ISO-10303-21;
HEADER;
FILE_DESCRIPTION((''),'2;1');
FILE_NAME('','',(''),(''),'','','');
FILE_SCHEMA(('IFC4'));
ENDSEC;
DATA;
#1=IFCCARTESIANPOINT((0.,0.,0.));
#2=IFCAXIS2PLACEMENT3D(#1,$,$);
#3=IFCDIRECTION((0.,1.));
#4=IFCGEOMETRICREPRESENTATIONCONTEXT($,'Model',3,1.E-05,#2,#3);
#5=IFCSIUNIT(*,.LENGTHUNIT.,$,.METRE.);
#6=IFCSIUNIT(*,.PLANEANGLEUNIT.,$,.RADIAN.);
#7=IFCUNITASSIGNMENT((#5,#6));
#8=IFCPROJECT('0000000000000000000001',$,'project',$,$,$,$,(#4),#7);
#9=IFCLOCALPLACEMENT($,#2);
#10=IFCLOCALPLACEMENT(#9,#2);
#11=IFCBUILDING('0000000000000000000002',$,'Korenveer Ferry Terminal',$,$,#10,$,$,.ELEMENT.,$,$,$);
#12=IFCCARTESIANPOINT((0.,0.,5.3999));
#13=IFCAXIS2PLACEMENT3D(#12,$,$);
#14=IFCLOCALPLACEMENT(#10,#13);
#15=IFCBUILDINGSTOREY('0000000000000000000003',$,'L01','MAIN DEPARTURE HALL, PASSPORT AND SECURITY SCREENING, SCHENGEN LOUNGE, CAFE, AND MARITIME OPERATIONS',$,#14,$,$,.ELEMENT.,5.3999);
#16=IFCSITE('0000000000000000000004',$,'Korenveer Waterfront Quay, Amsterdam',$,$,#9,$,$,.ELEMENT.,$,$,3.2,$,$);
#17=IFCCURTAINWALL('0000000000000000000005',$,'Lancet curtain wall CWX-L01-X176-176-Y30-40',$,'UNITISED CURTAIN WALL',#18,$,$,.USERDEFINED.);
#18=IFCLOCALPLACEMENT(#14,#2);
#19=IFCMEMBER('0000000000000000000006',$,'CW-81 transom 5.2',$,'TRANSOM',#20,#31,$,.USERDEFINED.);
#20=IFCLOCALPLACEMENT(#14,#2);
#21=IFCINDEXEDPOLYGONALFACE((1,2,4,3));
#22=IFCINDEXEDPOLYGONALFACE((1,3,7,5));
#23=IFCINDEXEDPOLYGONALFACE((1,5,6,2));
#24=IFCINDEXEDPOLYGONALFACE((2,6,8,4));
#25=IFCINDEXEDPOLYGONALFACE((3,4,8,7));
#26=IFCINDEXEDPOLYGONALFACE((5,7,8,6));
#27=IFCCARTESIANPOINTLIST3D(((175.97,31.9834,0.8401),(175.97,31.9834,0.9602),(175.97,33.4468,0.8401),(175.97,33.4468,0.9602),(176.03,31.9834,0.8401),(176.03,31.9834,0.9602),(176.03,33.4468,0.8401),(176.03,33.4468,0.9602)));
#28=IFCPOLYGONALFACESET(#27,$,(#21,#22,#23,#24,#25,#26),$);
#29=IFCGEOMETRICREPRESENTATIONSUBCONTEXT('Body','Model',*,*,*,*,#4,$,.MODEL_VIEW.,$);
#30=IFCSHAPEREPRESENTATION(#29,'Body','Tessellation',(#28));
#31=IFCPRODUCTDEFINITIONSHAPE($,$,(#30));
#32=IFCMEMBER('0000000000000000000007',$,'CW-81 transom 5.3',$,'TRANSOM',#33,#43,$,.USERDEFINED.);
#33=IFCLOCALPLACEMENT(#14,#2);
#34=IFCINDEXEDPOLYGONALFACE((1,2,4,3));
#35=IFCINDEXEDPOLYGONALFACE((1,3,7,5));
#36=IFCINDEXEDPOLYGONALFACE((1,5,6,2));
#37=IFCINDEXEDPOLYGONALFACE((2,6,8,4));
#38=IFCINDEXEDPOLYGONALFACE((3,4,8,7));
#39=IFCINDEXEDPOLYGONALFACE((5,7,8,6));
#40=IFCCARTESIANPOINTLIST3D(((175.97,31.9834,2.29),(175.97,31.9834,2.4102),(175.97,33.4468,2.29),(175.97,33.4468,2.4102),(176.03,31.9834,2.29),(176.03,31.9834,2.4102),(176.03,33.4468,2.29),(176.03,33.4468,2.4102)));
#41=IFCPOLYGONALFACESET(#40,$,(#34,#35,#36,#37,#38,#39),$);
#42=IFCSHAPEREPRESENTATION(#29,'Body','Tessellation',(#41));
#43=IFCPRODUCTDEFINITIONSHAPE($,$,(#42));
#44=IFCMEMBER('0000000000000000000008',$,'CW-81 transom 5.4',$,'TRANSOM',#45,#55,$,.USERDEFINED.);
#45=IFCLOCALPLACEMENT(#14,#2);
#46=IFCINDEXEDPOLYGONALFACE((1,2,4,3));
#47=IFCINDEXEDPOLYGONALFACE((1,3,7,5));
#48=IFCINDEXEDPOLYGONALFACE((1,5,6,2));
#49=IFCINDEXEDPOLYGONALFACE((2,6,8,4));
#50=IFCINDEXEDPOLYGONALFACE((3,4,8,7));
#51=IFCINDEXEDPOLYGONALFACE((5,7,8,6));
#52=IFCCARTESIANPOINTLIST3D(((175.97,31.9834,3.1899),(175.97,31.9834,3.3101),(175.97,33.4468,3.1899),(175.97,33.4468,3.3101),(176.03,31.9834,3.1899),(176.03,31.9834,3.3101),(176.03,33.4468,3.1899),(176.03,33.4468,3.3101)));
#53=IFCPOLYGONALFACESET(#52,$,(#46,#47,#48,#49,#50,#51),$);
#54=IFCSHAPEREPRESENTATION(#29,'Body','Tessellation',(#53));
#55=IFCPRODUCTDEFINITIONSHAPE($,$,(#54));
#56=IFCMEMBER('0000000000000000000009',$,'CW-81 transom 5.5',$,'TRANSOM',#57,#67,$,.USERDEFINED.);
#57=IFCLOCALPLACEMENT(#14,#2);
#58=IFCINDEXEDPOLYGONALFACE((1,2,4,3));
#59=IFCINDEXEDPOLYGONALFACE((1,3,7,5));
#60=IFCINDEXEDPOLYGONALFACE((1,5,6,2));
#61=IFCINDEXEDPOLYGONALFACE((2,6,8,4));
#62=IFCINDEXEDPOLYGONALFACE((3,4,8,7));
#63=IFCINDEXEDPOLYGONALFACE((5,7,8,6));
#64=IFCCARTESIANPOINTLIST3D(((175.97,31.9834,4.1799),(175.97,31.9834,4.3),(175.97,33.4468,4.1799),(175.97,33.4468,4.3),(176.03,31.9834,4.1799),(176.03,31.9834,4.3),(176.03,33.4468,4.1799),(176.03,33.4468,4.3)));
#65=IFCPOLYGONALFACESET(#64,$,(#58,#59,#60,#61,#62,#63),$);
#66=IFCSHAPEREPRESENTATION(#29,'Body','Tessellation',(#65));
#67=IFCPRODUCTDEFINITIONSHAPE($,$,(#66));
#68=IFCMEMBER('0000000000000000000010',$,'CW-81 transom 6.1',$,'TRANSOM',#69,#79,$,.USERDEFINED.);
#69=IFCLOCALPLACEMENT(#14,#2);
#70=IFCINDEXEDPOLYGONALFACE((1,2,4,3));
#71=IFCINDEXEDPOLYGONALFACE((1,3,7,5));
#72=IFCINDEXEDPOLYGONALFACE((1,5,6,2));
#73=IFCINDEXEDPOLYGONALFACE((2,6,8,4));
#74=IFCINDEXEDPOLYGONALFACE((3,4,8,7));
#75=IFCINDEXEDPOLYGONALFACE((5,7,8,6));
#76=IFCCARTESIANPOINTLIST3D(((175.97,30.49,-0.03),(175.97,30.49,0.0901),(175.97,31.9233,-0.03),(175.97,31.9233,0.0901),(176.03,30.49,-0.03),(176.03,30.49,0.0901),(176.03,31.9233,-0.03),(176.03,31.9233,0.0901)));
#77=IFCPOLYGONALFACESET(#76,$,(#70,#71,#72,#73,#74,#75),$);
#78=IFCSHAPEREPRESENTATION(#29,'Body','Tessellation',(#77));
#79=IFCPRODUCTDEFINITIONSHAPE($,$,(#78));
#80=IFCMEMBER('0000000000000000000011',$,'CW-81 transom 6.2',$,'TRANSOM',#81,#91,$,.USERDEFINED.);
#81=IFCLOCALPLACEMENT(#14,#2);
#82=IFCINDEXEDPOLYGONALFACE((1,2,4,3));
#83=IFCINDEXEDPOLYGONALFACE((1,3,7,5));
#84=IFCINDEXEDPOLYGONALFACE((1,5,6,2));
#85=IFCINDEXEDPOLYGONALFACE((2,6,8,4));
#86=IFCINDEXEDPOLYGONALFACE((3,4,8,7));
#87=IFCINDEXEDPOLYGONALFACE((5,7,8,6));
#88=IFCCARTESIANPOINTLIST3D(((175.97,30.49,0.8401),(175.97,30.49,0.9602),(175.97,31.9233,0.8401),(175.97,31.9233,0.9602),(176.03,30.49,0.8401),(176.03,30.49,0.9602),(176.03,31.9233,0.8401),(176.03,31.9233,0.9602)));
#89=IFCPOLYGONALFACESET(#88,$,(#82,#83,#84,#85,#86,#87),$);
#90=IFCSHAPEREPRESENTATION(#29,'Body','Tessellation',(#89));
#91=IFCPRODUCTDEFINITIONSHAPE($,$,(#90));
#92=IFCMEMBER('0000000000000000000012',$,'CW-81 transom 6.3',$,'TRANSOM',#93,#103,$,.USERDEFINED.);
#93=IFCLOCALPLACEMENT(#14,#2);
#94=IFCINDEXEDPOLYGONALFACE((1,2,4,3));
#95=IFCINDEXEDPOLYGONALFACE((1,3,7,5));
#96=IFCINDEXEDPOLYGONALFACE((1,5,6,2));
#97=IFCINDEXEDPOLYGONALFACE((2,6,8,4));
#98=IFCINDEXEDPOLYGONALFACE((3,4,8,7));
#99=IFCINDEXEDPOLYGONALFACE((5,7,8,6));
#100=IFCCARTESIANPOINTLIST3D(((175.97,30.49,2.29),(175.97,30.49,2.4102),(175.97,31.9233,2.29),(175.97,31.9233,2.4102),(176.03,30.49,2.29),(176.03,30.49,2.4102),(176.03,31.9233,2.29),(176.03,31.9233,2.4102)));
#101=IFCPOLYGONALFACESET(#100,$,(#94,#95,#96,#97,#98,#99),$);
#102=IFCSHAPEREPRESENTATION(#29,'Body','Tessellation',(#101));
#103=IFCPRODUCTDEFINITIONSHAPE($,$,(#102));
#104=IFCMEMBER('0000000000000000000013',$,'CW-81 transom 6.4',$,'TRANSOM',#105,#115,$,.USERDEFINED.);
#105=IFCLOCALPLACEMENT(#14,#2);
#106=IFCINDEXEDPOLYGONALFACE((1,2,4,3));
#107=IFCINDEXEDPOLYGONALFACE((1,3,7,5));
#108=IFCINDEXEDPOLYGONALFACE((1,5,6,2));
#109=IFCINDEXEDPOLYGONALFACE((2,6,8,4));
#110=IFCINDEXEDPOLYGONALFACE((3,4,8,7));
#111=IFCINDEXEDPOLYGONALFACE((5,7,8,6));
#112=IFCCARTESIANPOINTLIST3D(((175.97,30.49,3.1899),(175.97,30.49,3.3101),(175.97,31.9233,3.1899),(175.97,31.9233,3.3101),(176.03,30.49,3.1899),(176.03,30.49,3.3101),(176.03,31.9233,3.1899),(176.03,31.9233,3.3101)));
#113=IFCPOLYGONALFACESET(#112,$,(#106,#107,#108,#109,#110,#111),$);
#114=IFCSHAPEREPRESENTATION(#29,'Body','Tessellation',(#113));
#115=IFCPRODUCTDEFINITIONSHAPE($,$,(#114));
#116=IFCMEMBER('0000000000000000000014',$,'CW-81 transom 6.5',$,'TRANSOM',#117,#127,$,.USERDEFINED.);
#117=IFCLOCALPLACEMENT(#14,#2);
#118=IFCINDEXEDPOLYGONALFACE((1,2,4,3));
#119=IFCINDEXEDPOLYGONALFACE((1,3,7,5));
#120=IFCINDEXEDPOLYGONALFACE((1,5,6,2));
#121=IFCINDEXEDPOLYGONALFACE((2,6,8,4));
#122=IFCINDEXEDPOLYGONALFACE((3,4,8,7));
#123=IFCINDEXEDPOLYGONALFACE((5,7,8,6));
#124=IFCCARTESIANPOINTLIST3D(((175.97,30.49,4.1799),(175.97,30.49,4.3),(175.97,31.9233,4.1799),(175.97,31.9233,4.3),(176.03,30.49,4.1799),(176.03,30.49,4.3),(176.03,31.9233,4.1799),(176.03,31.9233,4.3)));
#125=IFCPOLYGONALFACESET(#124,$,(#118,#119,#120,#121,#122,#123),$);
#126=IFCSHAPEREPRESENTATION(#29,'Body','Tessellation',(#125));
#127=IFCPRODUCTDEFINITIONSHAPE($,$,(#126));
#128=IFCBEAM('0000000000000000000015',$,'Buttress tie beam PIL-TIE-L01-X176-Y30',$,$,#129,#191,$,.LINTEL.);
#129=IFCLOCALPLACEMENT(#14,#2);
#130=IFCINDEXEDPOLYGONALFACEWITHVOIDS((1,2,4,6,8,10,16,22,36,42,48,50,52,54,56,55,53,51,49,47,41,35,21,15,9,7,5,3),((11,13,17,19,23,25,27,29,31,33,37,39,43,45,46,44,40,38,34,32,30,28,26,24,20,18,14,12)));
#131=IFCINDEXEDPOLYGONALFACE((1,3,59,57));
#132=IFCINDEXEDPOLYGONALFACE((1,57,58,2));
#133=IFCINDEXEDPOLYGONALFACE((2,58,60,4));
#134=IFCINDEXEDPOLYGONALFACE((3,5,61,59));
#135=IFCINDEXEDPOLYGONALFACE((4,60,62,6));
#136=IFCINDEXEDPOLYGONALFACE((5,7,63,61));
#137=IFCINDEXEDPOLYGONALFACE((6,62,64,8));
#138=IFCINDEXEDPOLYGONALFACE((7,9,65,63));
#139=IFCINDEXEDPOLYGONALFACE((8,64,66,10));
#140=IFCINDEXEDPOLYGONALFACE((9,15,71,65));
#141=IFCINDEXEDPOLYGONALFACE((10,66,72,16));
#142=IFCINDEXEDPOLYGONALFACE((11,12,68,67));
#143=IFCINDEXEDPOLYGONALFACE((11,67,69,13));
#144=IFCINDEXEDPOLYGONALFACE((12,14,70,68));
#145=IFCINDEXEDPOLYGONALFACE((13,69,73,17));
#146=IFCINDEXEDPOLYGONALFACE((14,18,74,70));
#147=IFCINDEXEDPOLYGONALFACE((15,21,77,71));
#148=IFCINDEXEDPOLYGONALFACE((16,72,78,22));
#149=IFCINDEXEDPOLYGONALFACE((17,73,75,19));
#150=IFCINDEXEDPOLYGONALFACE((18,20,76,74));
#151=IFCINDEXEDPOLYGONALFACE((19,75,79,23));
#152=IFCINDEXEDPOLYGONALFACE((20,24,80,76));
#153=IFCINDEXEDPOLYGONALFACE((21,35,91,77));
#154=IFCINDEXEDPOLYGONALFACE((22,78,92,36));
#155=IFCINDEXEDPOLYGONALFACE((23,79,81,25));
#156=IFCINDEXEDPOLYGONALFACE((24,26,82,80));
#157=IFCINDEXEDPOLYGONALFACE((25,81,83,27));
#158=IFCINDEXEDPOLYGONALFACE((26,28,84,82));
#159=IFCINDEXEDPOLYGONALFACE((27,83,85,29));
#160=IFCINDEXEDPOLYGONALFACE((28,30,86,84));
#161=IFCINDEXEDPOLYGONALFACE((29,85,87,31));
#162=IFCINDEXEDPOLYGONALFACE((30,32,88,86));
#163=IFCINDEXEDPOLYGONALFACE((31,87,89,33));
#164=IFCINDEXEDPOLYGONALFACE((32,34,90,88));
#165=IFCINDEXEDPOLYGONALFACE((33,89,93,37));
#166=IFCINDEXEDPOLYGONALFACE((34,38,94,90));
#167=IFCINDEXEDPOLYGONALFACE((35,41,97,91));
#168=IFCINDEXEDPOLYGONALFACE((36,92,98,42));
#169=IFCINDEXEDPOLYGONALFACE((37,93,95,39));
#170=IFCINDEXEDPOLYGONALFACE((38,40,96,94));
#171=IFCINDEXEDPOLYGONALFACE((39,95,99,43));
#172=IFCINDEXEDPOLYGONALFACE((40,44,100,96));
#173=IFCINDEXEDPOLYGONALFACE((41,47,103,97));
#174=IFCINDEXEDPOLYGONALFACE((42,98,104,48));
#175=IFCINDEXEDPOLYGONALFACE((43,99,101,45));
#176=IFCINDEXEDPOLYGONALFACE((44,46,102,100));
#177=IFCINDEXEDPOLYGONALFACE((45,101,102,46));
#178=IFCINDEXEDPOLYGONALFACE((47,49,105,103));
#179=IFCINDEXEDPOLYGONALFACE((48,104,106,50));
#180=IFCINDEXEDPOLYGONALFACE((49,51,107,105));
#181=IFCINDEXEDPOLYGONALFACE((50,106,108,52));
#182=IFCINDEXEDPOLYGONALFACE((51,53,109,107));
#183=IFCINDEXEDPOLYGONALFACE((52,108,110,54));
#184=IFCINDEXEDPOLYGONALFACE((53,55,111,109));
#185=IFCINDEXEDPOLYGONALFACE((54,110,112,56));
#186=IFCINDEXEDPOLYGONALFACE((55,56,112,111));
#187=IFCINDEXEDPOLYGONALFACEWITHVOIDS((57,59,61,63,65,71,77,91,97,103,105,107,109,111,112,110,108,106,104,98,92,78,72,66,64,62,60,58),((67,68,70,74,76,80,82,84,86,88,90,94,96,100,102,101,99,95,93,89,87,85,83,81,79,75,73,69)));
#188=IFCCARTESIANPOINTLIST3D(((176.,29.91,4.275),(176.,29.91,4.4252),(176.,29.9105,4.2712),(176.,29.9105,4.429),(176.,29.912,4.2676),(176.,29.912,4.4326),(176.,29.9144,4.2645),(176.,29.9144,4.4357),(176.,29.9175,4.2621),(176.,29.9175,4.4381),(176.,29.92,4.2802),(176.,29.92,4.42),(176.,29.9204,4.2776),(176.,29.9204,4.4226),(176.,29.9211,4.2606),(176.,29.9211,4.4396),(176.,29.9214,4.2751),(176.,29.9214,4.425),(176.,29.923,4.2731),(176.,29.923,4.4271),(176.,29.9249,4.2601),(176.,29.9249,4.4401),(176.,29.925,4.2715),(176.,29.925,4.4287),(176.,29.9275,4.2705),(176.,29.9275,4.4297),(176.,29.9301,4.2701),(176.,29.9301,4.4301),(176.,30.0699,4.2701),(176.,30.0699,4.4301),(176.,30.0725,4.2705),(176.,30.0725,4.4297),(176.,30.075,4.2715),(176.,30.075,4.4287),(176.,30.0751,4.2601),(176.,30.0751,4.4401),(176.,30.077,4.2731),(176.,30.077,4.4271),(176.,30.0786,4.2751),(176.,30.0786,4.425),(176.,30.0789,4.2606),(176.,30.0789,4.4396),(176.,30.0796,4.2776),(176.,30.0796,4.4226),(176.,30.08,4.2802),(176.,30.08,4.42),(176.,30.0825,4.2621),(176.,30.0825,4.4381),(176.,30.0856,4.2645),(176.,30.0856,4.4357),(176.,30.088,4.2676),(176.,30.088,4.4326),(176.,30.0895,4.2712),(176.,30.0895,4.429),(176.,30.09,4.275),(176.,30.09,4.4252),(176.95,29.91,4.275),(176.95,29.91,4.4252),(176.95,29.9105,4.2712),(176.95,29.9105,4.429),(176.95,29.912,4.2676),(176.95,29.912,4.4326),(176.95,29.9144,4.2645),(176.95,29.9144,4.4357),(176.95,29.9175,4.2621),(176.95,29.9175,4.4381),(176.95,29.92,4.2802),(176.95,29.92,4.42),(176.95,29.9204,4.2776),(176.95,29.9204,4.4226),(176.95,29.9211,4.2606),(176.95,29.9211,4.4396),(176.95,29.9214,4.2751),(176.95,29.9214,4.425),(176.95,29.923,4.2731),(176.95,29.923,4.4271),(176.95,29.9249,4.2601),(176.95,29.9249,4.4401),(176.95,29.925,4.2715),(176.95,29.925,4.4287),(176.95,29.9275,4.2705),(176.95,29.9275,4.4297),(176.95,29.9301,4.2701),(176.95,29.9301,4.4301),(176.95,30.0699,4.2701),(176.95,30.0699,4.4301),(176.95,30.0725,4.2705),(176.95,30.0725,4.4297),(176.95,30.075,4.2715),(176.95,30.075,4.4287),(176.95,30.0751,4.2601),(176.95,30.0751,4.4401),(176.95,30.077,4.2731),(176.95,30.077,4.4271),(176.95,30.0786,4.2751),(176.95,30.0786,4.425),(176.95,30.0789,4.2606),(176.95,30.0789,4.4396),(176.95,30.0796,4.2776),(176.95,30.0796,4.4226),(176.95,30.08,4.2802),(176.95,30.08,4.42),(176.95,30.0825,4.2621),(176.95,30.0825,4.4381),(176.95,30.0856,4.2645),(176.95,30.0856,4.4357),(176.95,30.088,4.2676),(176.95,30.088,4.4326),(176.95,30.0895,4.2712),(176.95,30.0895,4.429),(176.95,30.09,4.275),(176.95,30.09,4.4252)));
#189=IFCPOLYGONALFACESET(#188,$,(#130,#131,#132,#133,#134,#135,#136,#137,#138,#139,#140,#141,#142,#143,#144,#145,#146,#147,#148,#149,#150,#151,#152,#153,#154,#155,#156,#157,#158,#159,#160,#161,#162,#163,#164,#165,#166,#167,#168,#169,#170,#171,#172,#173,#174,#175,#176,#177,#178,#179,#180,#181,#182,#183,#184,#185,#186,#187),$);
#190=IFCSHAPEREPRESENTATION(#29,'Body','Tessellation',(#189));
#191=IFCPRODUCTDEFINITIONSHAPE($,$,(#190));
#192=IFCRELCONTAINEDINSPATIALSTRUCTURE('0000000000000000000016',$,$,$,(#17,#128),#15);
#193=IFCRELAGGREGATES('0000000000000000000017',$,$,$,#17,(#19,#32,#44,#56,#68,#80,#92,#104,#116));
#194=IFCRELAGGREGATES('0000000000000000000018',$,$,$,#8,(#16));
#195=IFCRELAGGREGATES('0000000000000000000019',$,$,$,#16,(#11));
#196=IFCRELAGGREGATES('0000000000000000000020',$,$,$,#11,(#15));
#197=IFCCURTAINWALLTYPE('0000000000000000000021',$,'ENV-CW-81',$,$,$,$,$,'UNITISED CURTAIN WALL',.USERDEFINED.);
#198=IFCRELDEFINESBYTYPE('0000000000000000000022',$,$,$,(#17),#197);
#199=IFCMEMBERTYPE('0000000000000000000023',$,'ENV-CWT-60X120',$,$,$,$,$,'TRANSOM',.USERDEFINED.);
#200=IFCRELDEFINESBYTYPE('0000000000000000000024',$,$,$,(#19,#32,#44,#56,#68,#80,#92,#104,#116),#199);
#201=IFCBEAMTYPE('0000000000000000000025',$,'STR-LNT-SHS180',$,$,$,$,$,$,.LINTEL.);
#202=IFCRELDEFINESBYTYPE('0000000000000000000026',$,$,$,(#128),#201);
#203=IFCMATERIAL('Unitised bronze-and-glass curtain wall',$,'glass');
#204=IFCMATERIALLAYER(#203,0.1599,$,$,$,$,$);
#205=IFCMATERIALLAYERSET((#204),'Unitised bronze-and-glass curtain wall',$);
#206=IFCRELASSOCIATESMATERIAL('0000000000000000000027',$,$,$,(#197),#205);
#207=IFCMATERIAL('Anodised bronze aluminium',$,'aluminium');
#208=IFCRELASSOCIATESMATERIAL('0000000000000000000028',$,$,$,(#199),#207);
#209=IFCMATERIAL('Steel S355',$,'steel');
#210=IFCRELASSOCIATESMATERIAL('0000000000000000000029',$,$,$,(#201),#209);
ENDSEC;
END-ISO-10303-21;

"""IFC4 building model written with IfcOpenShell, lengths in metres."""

from ifc_helpers import new_model, si_unit, direction, frame, origin, origin_2d, place, context, subcontext, project, spatial, rectangle, hollow_rectangle, extrude, material, layer, layer_set, material_profile, profile_set, type_object, element, aggregate, save


model = new_model("IFC4")

# Units and contexts
model_context = context("Model", 3, precision=1e-05, world=origin(), true_north=direction((0.0, 1.0)))
body_context = subcontext(model_context, "Body", "Model", "MODEL_VIEW")
ifc_project = project(units=[si_unit("LENGTHUNIT", "METRE"), si_unit("PLANEANGLEUNIT", "RADIAN")], contexts=[model_context])

# Site, building, storey
site_placement = place(None, origin())
site = spatial("IfcSite", under=ifc_project, at=site_placement, Name="Korenveer Waterfront Quay, Amsterdam", CompositionType="ELEMENT", RefElevation=3.2)
building_placement = place(site_placement, origin())
building = spatial("IfcBuilding", under=site, at=building_placement, Name="Korenveer Ferry Terminal", CompositionType="ELEMENT")
storey_placement = place(building_placement, frame((0.0, 0.0, 5.3999)))
storey = spatial("IfcBuildingStorey", under=building, at=storey_placement, Name="L01", Description="MAIN DEPARTURE HALL, PASSPORT AND SECURITY SCREENING, SCHENGEN LOUNGE, CAFE, AND MARITIME OPERATIONS", CompositionType="ELEMENT", Elevation=5.3999)

# Shared definitions
ifc_material_1 = material(Name="Steel S355", Category="steel")

# Curtain wall, members
ifc_material_2 = material(Name="Unitised bronze-and-glass curtain wall", Category="glass")
ifc_layer_1 = layer(ifc_material_2, 0.1599)
ifc_layer_set_1 = layer_set([ifc_layer_1], Name="Unitised bronze-and-glass curtain wall")
curtain_wall_type = type_object("IfcCurtainWallType", Name="ENV-CW-81", ElementType="UNITISED CURTAIN WALL", PredefinedType="USERDEFINED", material=ifc_layer_set_1)
curtain_wall_placement = place(storey_placement, frame((176.0, 39.5701, 0.0)))
curtain_wall = element("IfcCurtainWall", 1, at=curtain_wall_placement, inside=storey, type_object=curtain_wall_type, Name="Lancet curtain wall CWX-L01-X176-176-Y30-40", ObjectType="UNITISED CURTAIN WALL", PredefinedType="USERDEFINED")
ifc_material_3 = material(Name="Anodised bronze aluminium", Category="aluminium")
ifc_material_profile_1 = material_profile(ifc_material_3, rectangle(XDim=0.0601, YDim=0.1201, at=origin_2d()), Name="ALU 60x120")
ifc_profile_set_1 = profile_set([ifc_material_profile_1], Name="Anodised bronze aluminium")
member_type_1 = type_object("IfcMemberType", Name="ENV-CWT-60X120", ElementType="TRANSOM", PredefinedType="USERDEFINED", material=ifc_profile_set_1)
member_1_placement = place(storey_placement, frame((176.0, 33.4468, 0.9001), z_axis=(0.0, -1.0, 0.0), x_axis=(1.0, 0.0, 0.0)))
member_1 = element("IfcMember", 2, at=member_1_placement, type_object=member_type_1, Name="CW-81 transom 5.2", ObjectType="TRANSOM", PredefinedType="USERDEFINED", context=body_context, shape_type="SweptSolid", body=[
    extrude(rectangle(XDim=0.0601, YDim=0.1201, at=origin_2d()), origin(), (0.0, 0.0, 1.0), 1.4634),
])
member_2_placement = place(storey_placement, frame((176.0, 33.4468, 2.3501), z_axis=(0.0, -1.0, 0.0), x_axis=(1.0, 0.0, 0.0)))
member_2 = element("IfcMember", 3, at=member_2_placement, type_object=member_type_1, Name="CW-81 transom 5.3", ObjectType="TRANSOM", PredefinedType="USERDEFINED", context=body_context, shape_type="SweptSolid", body=[
    extrude(rectangle(XDim=0.0601, YDim=0.1201, at=origin_2d()), origin(), (0.0, 0.0, 1.0), 1.4634),
])
member_3_placement = place(storey_placement, frame((176.0, 33.4468, 3.25), z_axis=(0.0, -1.0, 0.0), x_axis=(1.0, 0.0, 0.0)))
member_3 = element("IfcMember", 4, at=member_3_placement, type_object=member_type_1, Name="CW-81 transom 5.4", ObjectType="TRANSOM", PredefinedType="USERDEFINED", context=body_context, shape_type="SweptSolid", body=[
    extrude(rectangle(XDim=0.0601, YDim=0.1201, at=origin_2d()), origin(), (0.0, 0.0, 1.0), 1.4634),
])
member_4_placement = place(storey_placement, frame((176.0, 33.4468, 4.24), z_axis=(0.0, -1.0, 0.0), x_axis=(1.0, 0.0, 0.0)))
member_4 = element("IfcMember", 5, at=member_4_placement, type_object=member_type_1, Name="CW-81 transom 5.5", ObjectType="TRANSOM", PredefinedType="USERDEFINED", context=body_context, shape_type="SweptSolid", body=[
    extrude(rectangle(XDim=0.0601, YDim=0.1201, at=origin_2d()), origin(), (0.0, 0.0, 1.0), 1.4634),
])
member_5_placement = place(storey_placement, frame((176.0, 31.9233, 0.03), z_axis=(0.0, -1.0, 0.0), x_axis=(1.0, 0.0, 0.0)))
member_5 = element("IfcMember", 6, at=member_5_placement, type_object=member_type_1, Name="CW-81 transom 6.1", ObjectType="TRANSOM", PredefinedType="USERDEFINED", context=body_context, shape_type="SweptSolid", body=[
    extrude(rectangle(XDim=0.0601, YDim=0.1201, at=origin_2d()), origin(), (0.0, 0.0, 1.0), 1.4333),
])
member_6_placement = place(storey_placement, frame((176.0, 31.9233, 0.9001), z_axis=(0.0, -1.0, 0.0), x_axis=(1.0, 0.0, 0.0)))
member_6 = element("IfcMember", 7, at=member_6_placement, type_object=member_type_1, Name="CW-81 transom 6.2", ObjectType="TRANSOM", PredefinedType="USERDEFINED", context=body_context, shape_type="SweptSolid", body=[
    extrude(rectangle(XDim=0.0601, YDim=0.1201, at=origin_2d()), origin(), (0.0, 0.0, 1.0), 1.4333),
])
member_7_placement = place(storey_placement, frame((176.0, 31.9233, 2.3501), z_axis=(0.0, -1.0, 0.0), x_axis=(1.0, 0.0, 0.0)))
member_7 = element("IfcMember", 8, at=member_7_placement, type_object=member_type_1, Name="CW-81 transom 6.3", ObjectType="TRANSOM", PredefinedType="USERDEFINED", context=body_context, shape_type="SweptSolid", body=[
    extrude(rectangle(XDim=0.0601, YDim=0.1201, at=origin_2d()), origin(), (0.0, 0.0, 1.0), 1.4333),
])
member_8_placement = place(storey_placement, frame((176.0, 31.9233, 3.25), z_axis=(0.0, -1.0, 0.0), x_axis=(1.0, 0.0, 0.0)))
member_8 = element("IfcMember", 9, at=member_8_placement, type_object=member_type_1, Name="CW-81 transom 6.4", ObjectType="TRANSOM", PredefinedType="USERDEFINED", context=body_context, shape_type="SweptSolid", body=[
    extrude(rectangle(XDim=0.0601, YDim=0.1201, at=origin_2d()), origin(), (0.0, 0.0, 1.0), 1.4333),
])
member_9_placement = place(storey_placement, frame((176.0, 31.9233, 4.24), z_axis=(0.0, -1.0, 0.0), x_axis=(1.0, 0.0, 0.0)))
member_9 = element("IfcMember", 10, at=member_9_placement, type_object=member_type_1, Name="CW-81 transom 6.5", ObjectType="TRANSOM", PredefinedType="USERDEFINED", context=body_context, shape_type="SweptSolid", body=[
    extrude(rectangle(XDim=0.0601, YDim=0.1201, at=origin_2d()), origin(), (0.0, 0.0, 1.0), 1.4333),
])

# Beam
ifc_material_profile_2 = material_profile(ifc_material_1, hollow_rectangle(XDim=0.1799, YDim=0.1799, WallThickness=0.01, InnerFilletRadius=0.01, OuterFilletRadius=0.0149, at=origin_2d()), Name="SHS 180x180x10")
ifc_profile_set_2 = profile_set([ifc_material_profile_2], Name="Steel S355")
beam_type_1 = type_object("IfcBeamType", Name="STR-LNT-SHS180", PredefinedType="LINTEL", material=ifc_profile_set_2)
beam_1_placement = place(storey_placement, frame((176.0, 30.0, 4.3501), z_axis=(1.0, 0.0, 0.0), x_axis=(0.0, 1.0, 0.0)))
element("IfcBeam", 11, at=beam_1_placement, inside=storey, type_object=beam_type_1, Name="Buttress tie beam PIL-TIE-L01-X176-Y30", PredefinedType="LINTEL", context=body_context, shape_type="SweptSolid", body=[
    extrude(hollow_rectangle(XDim=0.1799, YDim=0.1799, WallThickness=0.01, InnerFilletRadius=0.01, OuterFilletRadius=0.0149, at=origin_2d()), origin(), (0.0, 0.0, 1.0), 0.95),
])

aggregate(curtain_wall, [member_1, member_2, member_3, member_4, member_5, member_6, member_7, member_8, member_9])

save(model, "model.ifc")
